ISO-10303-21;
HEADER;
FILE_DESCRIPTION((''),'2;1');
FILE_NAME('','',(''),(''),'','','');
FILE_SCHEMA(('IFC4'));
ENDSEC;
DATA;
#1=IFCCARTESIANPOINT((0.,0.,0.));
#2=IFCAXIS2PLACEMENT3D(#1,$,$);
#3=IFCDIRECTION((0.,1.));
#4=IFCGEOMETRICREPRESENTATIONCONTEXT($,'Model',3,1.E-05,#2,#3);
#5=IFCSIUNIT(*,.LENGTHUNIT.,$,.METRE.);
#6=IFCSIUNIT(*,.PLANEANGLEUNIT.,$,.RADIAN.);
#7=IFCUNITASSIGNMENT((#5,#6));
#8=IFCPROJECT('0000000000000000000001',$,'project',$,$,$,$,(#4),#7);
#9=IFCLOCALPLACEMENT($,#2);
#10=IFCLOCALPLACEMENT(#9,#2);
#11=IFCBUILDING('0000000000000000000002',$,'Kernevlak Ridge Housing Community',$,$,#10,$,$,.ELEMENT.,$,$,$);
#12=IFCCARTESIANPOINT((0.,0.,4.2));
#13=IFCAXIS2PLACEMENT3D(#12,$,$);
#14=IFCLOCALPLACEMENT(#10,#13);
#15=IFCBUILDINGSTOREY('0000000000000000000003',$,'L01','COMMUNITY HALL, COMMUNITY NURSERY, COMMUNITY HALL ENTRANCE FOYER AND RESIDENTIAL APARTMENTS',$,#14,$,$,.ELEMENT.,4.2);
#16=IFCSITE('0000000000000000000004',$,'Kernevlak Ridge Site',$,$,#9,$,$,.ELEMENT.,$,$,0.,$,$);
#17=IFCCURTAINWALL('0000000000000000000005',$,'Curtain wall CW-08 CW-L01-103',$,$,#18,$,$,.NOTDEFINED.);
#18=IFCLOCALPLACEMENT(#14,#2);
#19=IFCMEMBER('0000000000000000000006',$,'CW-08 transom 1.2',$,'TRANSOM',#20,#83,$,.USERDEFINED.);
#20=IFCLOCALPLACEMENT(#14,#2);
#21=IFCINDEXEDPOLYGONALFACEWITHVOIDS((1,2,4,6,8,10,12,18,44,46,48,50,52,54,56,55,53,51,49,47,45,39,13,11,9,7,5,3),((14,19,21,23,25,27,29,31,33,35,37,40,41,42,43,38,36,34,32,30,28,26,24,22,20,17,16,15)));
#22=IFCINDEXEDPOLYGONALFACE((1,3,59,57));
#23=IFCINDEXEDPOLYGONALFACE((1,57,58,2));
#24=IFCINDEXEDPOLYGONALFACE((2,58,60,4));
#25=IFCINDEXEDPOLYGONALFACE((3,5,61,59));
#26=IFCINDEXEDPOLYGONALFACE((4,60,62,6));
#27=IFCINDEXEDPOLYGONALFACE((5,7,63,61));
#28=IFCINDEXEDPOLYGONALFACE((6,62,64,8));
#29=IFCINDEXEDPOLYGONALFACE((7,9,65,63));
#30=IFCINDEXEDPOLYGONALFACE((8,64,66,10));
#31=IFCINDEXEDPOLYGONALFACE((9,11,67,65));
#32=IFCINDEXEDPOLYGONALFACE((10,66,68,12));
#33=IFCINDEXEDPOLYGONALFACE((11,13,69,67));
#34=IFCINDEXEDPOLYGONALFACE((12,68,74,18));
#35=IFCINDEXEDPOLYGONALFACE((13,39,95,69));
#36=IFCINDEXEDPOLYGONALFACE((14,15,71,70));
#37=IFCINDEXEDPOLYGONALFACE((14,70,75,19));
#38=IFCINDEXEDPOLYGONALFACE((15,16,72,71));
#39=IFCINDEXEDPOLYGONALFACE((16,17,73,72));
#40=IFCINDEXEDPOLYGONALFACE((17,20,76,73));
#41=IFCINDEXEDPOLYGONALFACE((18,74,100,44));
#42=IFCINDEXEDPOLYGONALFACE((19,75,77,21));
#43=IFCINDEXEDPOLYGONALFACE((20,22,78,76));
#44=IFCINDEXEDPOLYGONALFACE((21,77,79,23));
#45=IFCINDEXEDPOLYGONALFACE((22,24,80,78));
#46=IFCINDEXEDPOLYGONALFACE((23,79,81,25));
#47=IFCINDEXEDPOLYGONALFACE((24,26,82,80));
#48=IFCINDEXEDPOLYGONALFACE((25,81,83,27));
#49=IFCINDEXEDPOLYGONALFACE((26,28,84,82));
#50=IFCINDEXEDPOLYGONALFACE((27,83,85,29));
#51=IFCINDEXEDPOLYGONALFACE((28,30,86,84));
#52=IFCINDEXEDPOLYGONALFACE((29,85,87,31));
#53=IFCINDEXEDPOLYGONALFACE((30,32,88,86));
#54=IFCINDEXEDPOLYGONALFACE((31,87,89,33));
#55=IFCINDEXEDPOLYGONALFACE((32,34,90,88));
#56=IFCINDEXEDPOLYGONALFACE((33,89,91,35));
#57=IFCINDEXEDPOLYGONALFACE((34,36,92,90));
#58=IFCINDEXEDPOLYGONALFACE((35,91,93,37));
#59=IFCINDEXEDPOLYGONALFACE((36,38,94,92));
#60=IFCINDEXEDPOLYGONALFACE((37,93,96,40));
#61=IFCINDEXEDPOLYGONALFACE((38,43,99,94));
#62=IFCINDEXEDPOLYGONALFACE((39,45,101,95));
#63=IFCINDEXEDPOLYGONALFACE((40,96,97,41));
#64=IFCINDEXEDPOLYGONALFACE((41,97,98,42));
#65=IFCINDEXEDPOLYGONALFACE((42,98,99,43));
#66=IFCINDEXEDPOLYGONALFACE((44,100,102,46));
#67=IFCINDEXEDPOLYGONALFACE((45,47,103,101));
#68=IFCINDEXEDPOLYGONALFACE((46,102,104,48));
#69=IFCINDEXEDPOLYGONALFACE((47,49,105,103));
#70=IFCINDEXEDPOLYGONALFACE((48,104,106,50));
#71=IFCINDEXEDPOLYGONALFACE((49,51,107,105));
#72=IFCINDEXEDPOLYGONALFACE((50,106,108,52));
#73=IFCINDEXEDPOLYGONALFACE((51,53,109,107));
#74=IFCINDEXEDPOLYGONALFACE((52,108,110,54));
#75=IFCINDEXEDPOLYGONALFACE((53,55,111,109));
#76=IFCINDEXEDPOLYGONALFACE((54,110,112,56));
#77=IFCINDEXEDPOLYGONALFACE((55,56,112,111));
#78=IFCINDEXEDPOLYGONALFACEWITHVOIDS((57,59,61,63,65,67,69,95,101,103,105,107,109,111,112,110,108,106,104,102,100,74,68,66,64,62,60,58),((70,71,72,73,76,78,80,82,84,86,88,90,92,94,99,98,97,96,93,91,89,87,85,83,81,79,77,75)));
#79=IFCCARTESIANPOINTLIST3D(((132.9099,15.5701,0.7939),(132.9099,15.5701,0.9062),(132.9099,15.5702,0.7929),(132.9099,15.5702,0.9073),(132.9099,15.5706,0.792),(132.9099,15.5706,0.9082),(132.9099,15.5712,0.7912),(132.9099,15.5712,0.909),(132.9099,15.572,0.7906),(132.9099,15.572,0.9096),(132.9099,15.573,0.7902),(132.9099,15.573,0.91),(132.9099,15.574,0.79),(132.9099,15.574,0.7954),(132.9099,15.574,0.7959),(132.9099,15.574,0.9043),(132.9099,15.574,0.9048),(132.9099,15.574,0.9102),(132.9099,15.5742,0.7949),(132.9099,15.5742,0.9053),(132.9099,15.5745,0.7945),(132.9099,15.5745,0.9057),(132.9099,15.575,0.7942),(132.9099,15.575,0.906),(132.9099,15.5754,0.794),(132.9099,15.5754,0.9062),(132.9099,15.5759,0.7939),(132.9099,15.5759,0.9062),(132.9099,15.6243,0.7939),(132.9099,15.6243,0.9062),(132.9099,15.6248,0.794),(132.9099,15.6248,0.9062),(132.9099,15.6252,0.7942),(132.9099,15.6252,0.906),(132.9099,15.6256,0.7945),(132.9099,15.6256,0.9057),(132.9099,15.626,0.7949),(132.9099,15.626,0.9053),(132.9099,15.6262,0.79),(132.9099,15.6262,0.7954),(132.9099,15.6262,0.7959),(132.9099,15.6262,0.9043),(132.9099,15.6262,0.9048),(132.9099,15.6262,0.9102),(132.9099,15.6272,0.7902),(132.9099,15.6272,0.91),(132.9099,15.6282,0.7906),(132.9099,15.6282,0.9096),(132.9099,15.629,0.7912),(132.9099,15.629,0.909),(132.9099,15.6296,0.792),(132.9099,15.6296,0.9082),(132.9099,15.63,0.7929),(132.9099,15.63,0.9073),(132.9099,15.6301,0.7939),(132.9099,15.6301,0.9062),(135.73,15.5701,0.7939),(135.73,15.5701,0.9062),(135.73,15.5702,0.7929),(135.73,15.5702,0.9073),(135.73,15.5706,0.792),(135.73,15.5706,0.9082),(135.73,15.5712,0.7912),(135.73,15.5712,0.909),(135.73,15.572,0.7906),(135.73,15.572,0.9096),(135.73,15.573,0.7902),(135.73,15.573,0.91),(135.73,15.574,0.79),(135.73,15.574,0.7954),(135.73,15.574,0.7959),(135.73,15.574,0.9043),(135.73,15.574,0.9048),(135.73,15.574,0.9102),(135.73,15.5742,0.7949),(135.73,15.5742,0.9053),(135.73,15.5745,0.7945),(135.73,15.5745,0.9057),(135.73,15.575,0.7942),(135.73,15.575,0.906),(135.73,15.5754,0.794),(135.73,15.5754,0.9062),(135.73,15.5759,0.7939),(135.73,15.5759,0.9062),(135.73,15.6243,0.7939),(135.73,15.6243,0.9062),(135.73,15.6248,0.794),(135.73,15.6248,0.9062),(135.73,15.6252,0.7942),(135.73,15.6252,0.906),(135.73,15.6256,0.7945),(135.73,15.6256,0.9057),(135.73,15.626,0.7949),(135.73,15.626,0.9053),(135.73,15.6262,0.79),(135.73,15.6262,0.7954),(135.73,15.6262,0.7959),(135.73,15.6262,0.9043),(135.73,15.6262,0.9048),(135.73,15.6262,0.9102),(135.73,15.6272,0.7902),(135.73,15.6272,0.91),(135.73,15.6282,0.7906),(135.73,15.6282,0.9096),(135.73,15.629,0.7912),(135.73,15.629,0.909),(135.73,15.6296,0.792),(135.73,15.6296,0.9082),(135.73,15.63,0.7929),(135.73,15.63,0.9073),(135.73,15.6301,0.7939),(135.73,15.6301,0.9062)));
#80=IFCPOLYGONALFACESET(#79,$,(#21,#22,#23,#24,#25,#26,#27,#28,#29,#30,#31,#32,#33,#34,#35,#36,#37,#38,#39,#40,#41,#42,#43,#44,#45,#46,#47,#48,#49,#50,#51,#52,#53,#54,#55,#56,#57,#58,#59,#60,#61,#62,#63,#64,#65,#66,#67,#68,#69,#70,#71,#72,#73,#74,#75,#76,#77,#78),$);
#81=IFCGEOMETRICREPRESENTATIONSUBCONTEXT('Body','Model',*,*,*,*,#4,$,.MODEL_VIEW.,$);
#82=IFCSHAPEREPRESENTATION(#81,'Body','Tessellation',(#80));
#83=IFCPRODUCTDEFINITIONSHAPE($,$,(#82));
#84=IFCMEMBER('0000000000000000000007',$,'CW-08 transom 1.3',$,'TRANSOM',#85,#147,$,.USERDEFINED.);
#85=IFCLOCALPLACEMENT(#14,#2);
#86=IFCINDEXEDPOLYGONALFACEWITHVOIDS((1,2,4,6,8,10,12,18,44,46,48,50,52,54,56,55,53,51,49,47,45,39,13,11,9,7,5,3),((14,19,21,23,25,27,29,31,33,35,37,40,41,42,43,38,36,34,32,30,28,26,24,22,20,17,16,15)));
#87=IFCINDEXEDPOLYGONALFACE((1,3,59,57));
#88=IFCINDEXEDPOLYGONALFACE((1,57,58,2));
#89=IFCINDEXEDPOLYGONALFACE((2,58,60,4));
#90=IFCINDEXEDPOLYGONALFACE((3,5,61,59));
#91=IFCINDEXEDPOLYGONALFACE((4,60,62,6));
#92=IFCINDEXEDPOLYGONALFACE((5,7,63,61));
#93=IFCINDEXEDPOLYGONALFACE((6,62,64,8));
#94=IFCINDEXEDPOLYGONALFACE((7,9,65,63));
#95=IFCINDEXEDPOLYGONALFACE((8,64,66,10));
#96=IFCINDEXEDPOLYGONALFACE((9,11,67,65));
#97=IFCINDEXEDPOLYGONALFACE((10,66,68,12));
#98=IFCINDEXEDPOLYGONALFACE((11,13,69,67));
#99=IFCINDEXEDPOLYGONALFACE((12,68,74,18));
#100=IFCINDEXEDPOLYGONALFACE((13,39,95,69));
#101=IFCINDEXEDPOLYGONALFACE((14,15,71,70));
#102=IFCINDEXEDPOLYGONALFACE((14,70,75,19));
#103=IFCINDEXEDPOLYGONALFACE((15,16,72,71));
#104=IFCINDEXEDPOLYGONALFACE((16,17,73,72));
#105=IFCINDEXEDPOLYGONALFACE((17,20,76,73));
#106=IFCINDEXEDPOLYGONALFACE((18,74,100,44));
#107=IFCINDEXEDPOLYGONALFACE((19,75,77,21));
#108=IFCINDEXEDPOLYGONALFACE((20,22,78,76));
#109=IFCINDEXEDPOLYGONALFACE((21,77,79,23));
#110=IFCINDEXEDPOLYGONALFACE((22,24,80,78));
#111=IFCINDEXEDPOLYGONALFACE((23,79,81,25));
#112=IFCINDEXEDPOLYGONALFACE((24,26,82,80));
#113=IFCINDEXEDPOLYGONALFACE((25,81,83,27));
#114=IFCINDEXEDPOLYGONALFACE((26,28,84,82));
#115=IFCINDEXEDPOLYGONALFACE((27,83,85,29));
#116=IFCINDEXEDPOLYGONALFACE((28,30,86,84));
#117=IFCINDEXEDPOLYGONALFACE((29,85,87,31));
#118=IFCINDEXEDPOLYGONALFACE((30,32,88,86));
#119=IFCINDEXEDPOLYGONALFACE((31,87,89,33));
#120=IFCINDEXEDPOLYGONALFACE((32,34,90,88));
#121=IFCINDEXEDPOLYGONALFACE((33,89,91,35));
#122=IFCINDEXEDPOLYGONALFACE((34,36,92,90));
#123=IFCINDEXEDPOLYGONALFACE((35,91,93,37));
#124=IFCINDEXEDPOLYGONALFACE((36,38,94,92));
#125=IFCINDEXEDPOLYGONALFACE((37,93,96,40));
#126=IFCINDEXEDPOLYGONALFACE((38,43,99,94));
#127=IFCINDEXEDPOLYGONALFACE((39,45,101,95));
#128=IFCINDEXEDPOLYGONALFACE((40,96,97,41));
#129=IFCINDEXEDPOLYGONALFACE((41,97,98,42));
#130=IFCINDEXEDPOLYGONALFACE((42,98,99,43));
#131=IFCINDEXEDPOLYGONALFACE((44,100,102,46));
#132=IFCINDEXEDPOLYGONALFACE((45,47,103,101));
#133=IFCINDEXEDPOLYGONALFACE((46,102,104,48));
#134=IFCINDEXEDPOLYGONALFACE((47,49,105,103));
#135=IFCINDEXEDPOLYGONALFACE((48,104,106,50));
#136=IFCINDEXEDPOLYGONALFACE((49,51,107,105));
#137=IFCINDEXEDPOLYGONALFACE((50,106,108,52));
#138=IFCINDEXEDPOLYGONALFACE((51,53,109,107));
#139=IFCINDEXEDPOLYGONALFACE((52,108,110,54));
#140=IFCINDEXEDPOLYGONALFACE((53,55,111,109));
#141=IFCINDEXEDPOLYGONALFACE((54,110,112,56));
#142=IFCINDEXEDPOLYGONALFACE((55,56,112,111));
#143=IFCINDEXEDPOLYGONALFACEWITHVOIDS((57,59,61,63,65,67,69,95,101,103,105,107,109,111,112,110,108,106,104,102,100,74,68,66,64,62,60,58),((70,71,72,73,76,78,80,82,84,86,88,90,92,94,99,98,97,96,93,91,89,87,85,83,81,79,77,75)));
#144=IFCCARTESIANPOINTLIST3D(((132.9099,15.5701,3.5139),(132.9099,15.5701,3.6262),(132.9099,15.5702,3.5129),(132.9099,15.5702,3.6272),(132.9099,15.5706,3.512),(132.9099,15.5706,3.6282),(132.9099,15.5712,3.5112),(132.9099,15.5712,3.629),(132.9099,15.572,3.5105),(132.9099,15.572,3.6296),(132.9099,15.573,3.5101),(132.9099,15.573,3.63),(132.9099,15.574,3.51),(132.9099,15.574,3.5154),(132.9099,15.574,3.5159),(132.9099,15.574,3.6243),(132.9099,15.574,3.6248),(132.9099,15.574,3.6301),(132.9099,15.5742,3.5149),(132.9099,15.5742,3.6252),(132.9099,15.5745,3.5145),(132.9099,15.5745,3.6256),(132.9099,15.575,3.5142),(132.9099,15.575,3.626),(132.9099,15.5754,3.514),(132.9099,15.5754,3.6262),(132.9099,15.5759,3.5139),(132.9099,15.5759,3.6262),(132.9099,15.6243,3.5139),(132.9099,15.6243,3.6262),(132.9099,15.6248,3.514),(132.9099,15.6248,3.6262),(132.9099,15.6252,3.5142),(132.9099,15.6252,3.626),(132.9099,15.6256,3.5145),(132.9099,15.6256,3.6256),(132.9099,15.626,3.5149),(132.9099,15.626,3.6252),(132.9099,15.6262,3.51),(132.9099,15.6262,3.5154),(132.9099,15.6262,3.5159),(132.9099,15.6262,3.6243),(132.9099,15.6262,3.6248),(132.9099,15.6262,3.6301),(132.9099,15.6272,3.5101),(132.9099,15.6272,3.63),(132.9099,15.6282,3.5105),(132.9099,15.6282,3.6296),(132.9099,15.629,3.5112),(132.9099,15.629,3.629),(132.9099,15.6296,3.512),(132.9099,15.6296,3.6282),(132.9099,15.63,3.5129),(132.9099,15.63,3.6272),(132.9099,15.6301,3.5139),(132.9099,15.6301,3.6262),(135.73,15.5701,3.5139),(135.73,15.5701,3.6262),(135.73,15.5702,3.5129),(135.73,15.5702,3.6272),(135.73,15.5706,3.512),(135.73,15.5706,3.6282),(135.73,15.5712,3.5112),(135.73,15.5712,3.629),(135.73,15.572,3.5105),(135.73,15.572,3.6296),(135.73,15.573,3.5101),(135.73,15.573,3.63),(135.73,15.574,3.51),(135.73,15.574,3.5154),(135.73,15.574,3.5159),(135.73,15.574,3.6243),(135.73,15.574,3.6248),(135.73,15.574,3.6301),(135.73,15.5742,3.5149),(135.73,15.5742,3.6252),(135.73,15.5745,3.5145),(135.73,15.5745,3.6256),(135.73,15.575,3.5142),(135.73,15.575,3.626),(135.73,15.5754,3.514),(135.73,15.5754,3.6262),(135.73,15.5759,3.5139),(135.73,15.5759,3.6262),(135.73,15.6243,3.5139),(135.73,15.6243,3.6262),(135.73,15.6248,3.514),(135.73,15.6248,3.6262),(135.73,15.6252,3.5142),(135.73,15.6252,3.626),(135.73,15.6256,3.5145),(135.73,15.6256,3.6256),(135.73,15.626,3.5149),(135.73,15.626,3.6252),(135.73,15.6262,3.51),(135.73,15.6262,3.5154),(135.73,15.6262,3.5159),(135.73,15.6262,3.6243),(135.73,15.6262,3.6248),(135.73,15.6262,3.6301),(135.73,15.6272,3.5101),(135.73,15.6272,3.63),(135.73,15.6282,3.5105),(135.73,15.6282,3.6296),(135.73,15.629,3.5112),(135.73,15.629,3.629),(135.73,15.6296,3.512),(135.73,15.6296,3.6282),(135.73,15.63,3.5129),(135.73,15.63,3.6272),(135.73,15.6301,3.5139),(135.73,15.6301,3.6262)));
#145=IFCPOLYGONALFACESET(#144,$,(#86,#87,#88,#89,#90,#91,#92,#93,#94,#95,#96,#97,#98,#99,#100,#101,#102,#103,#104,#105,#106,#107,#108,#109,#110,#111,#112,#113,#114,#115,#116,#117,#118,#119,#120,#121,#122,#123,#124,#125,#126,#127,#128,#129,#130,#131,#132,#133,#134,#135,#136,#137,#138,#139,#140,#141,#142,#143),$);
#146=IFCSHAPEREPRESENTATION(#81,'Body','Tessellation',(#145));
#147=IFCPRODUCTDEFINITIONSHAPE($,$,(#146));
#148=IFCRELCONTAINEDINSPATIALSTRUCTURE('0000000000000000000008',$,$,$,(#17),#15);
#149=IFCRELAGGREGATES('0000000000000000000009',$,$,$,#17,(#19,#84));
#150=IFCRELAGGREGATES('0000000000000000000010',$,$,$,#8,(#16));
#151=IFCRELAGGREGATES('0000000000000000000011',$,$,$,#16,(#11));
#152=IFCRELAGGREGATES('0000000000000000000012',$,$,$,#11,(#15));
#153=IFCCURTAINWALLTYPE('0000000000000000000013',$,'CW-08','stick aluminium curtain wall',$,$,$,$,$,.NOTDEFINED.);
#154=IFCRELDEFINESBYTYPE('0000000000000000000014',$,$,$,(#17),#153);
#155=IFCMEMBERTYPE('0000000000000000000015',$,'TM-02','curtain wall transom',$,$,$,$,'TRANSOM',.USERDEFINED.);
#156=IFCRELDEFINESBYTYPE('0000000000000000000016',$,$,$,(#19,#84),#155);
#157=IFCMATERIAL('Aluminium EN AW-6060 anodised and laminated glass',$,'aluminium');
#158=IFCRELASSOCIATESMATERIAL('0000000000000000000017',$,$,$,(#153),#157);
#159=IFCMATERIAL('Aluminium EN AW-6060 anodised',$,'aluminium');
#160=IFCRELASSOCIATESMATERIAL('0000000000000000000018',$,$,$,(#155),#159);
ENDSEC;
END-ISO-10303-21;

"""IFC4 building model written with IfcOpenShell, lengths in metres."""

from ifc_helpers import new_model, si_unit, direction, frame, origin, origin_2d, place, context, subcontext, project, spatial, hollow_rectangle, extrude, material, material_profile, profile_set, type_object, element, aggregate, save


model = new_model("IFC4")

# Units and contexts
model_context = context("Model", 3, precision=1e-05, world=origin(), true_north=direction((0.0, 1.0)))
body_context = subcontext(model_context, "Body", "Model", "MODEL_VIEW")
ifc_project = project(units=[si_unit("LENGTHUNIT", "METRE"), si_unit("PLANEANGLEUNIT", "RADIAN")], contexts=[model_context])

# Site, building, storey
site_placement = place(None, origin())
site = spatial("IfcSite", under=ifc_project, at=site_placement, Name="Kernevlak Ridge Site", CompositionType="ELEMENT", RefElevation=0.0)
building_placement = place(site_placement, origin())
building = spatial("IfcBuilding", under=site, at=building_placement, Name="Kernevlak Ridge Housing Community", CompositionType="ELEMENT")
storey_placement = place(building_placement, frame((0.0, 0.0, 4.2)))
storey = spatial("IfcBuildingStorey", under=building, at=storey_placement, Name="L01", Description="COMMUNITY HALL, COMMUNITY NURSERY, COMMUNITY HALL ENTRANCE FOYER AND RESIDENTIAL APARTMENTS", CompositionType="ELEMENT", Elevation=4.2)

# Curtain wall
ifc_material_1 = material(Name="Aluminium EN AW-6060 anodised and laminated glass", Category="aluminium")
curtain_wall_type_1 = type_object("IfcCurtainWallType", Name="CW-08", Description="stick aluminium curtain wall", PredefinedType="NOTDEFINED", material=ifc_material_1)
curtain_wall_1_placement = place(storey_placement, origin())
curtain_wall_1 = element("IfcCurtainWall", 1, at=curtain_wall_1_placement, inside=storey, type_object=curtain_wall_type_1, Name="Curtain wall CW-08 CW-L01-103", PredefinedType="NOTDEFINED")
ifc_material_2 = material(Name="Aluminium EN AW-6060 anodised", Category="aluminium")

# Members
ifc_material_profile_1 = material_profile(ifc_material_2, hollow_rectangle(XDim=0.0601, YDim=0.1201, WallThickness=0.0039, InnerFilletRadius=0.002, OuterFilletRadius=0.0039, at=origin_2d()), Name="ALU 60x120x4")
ifc_profile_set_1 = profile_set([ifc_material_profile_1], Name="Aluminium EN AW-6060 anodised")
member_type_1 = type_object("IfcMemberType", Name="TM-02", Description="curtain wall transom", ElementType="TRANSOM", PredefinedType="USERDEFINED", material=ifc_profile_set_1)
member_1_placement = place(storey_placement, frame((132.9099, 15.6001, 0.8501), z_axis=(1.0, 0.0, 0.0), x_axis=(0.0, 1.0, 0.0)))
member_1 = element("IfcMember", 2, at=member_1_placement, type_object=member_type_1, Name="CW-08 transom 1.2", ObjectType="TRANSOM", PredefinedType="USERDEFINED", context=body_context, shape_type="SweptSolid", body=[
    extrude(hollow_rectangle(XDim=0.0601, YDim=0.1201, WallThickness=0.0039, InnerFilletRadius=0.002, OuterFilletRadius=0.0039, at=origin_2d()), origin(), (0.0, 0.0, 1.0), 2.8201),
])
member_2_placement = place(storey_placement, frame((132.9099, 15.6001, 3.5701), z_axis=(1.0, 0.0, 0.0), x_axis=(0.0, 1.0, 0.0)))
member_2 = element("IfcMember", 3, at=member_2_placement, type_object=member_type_1, Name="CW-08 transom 1.3", ObjectType="TRANSOM", PredefinedType="USERDEFINED", context=body_context, shape_type="SweptSolid", body=[
    extrude(hollow_rectangle(XDim=0.0601, YDim=0.1201, WallThickness=0.0039, InnerFilletRadius=0.002, OuterFilletRadius=0.0039, at=origin_2d()), origin(), (0.0, 0.0, 1.0), 2.8201),
])

aggregate(curtain_wall_1, [member_1, member_2])

save(model, "model.ifc")
